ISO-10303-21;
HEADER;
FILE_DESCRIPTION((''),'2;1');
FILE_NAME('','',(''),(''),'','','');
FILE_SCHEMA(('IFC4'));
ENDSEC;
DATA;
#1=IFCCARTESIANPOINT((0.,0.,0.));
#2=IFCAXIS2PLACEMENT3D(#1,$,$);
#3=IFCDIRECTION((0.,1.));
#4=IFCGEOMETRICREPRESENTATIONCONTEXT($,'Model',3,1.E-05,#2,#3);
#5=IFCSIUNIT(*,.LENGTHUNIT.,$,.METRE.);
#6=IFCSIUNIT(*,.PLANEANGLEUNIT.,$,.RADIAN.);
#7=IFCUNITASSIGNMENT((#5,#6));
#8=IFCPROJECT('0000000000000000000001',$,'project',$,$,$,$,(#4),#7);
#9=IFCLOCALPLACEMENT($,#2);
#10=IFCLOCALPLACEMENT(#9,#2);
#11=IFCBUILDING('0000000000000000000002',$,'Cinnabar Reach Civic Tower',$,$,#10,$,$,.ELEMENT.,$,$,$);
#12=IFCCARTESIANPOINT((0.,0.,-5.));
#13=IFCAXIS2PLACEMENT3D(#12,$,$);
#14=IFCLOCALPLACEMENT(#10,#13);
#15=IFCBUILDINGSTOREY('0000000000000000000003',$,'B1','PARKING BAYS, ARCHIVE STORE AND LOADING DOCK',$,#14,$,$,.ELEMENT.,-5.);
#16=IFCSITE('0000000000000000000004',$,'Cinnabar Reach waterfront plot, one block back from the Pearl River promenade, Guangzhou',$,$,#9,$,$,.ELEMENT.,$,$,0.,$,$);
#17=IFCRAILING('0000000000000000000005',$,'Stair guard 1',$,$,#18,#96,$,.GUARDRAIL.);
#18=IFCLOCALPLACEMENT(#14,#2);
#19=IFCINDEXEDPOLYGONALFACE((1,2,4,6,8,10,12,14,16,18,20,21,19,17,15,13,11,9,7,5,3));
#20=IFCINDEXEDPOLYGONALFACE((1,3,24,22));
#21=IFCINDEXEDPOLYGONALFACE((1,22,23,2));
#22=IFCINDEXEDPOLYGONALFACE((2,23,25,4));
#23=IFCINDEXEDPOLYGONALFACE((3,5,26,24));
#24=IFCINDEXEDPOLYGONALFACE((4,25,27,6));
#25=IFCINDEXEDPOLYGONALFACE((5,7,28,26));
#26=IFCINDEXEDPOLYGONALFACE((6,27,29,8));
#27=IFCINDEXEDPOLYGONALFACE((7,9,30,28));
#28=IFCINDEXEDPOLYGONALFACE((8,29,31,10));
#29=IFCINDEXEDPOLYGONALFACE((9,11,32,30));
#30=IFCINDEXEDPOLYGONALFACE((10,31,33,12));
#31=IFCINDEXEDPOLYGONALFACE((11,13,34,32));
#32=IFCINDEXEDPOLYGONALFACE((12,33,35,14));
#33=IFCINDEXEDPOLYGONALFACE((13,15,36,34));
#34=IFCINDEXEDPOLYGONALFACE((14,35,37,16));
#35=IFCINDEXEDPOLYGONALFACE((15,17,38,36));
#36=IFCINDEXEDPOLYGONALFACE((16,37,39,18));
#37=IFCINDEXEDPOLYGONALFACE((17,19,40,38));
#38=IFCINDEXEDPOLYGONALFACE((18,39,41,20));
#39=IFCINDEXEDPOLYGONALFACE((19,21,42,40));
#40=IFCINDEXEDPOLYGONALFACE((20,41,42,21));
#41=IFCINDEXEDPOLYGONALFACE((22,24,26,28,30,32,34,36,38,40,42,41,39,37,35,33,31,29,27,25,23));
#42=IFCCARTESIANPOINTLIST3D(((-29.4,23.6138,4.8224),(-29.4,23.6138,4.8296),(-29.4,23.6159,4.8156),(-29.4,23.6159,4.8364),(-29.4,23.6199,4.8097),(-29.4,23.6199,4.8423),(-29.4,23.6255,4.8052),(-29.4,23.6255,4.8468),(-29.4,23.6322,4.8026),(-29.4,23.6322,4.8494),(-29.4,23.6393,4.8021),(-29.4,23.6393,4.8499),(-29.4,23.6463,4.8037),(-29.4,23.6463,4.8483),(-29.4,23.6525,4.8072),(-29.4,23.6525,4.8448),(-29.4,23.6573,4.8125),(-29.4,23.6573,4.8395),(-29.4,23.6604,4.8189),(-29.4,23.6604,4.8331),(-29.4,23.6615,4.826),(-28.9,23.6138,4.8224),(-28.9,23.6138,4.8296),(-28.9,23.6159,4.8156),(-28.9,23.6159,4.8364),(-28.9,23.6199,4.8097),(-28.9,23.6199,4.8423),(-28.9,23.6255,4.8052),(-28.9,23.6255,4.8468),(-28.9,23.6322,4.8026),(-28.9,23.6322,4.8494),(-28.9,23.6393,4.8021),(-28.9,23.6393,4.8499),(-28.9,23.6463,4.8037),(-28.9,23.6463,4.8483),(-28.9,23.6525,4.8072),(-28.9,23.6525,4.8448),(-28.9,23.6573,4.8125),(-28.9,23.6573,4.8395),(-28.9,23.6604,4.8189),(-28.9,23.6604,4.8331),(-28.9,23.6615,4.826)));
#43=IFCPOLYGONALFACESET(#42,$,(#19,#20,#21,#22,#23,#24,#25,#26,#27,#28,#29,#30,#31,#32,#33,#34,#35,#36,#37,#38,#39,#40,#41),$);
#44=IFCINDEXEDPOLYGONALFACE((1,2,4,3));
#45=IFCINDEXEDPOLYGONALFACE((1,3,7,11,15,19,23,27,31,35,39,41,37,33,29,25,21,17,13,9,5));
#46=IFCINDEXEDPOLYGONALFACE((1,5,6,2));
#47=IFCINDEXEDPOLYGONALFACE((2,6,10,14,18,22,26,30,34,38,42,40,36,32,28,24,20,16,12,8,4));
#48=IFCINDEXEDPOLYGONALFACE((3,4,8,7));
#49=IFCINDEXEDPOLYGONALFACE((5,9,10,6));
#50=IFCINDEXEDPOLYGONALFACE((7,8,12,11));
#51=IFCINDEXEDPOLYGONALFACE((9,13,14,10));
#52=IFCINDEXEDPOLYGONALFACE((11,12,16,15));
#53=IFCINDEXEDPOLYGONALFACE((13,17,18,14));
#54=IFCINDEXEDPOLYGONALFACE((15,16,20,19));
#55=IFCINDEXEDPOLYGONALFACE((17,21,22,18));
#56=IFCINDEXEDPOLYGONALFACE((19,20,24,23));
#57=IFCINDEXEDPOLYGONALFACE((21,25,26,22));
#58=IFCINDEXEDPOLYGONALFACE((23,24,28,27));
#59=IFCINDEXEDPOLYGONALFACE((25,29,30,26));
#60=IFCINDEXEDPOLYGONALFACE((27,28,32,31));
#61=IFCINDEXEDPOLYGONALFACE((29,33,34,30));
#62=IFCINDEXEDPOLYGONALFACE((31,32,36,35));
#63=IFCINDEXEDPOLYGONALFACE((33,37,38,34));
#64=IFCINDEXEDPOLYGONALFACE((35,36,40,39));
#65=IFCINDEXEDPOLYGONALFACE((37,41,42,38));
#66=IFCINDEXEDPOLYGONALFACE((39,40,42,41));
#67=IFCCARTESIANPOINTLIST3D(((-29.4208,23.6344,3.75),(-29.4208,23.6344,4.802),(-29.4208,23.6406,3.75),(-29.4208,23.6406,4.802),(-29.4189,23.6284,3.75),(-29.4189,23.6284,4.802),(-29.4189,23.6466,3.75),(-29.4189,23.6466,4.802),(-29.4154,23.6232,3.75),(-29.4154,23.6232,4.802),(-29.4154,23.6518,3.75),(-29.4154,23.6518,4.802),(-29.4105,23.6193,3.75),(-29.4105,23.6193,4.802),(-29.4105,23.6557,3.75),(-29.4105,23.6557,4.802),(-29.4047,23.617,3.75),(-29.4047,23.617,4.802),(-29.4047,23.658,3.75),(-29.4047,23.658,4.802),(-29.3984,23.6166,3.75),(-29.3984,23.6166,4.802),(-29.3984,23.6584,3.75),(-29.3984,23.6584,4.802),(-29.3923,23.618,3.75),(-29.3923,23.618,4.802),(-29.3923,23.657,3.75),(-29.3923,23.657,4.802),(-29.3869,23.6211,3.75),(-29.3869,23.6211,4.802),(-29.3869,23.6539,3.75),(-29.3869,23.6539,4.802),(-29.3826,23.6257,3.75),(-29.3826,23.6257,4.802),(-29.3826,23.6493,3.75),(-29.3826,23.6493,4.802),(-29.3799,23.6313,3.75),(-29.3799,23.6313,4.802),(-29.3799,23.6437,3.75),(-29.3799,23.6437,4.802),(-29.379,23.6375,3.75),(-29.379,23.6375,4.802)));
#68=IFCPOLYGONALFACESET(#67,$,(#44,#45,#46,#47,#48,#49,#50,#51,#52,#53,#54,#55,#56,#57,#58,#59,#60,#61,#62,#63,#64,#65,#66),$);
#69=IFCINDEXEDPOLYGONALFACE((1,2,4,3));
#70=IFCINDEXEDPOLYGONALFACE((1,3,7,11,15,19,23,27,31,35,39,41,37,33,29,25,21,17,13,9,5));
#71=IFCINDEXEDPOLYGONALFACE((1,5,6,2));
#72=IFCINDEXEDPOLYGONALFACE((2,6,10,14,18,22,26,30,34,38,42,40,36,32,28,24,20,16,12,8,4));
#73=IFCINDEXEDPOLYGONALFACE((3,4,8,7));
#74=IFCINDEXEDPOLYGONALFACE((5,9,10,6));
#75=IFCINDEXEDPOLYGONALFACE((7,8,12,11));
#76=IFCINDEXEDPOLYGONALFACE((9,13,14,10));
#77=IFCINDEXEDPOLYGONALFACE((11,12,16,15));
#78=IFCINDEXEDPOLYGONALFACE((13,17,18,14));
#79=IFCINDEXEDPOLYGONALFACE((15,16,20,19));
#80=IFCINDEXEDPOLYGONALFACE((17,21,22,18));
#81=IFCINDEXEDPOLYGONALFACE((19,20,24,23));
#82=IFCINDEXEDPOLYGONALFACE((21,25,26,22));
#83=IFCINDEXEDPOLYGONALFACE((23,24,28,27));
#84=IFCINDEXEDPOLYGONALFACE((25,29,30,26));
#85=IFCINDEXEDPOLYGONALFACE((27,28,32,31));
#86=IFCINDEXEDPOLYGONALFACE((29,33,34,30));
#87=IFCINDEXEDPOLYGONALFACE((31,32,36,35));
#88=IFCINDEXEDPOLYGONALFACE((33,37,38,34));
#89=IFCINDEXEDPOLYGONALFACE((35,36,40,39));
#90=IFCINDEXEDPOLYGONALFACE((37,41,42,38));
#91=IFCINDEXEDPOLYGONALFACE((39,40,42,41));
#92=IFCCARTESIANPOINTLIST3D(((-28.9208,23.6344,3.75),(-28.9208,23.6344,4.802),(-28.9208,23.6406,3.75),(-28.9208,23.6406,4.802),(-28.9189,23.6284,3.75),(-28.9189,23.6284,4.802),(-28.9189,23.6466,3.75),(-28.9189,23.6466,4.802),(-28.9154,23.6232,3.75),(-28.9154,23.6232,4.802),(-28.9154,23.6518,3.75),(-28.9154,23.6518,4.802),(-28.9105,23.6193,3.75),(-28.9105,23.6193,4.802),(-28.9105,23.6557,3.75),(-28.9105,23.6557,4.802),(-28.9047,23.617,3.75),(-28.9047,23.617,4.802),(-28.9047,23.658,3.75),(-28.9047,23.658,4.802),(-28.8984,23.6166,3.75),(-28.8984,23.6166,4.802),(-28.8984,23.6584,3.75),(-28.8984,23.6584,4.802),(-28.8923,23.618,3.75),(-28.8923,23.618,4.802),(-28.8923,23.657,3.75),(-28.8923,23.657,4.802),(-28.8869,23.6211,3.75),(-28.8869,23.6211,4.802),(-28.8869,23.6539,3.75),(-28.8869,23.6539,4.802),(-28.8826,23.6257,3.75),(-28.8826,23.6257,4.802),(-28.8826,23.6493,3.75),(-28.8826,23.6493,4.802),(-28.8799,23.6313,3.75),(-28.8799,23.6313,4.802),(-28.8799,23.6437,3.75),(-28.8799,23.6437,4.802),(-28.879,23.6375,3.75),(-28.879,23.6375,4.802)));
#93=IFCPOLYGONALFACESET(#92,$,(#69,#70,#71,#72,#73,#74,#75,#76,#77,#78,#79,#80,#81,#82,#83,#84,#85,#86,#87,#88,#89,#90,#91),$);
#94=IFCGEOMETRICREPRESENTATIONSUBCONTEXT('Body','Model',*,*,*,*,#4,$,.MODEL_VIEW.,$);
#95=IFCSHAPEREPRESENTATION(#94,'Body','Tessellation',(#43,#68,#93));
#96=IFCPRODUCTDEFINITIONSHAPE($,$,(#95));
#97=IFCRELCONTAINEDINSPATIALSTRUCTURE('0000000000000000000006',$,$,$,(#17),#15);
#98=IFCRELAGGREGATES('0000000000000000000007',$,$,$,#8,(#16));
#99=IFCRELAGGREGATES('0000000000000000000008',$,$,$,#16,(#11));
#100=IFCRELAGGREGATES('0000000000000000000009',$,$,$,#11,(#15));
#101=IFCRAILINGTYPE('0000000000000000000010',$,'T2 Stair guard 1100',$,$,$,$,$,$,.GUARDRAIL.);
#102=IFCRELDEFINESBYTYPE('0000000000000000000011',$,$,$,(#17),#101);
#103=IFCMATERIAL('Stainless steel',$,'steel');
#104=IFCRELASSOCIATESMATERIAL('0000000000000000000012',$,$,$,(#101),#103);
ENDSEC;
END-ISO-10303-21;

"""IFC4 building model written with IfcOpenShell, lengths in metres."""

from ifc_helpers import new_model, si_unit, direction, frame, origin, origin_2d, place, context, subcontext, project, spatial, circle, extrude, material, type_object, element, save


model = new_model("IFC4")

# Units and contexts
model_context = context("Model", 3, precision=1e-05, world=origin(), true_north=direction((0.0, 1.0)))
body_context = subcontext(model_context, "Body", "Model", "MODEL_VIEW")
ifc_project = project(units=[si_unit("LENGTHUNIT", "METRE"), si_unit("PLANEANGLEUNIT", "RADIAN")], contexts=[model_context])

# Site, building, storey
site_placement = place(None, origin())
site = spatial("IfcSite", under=ifc_project, at=site_placement, Name="Cinnabar Reach waterfront plot, one block back from the Pearl River promenade, Guangzhou", CompositionType="ELEMENT", RefElevation=0.0)
building_placement = place(site_placement, origin())
building = spatial("IfcBuilding", under=site, at=building_placement, Name="Cinnabar Reach Civic Tower", CompositionType="ELEMENT")
storey_placement = place(building_placement, frame((0.0, 0.0, -5.0)))
storey = spatial("IfcBuildingStorey", under=building, at=storey_placement, Name="B1", Description="PARKING BAYS, ARCHIVE STORE AND LOADING DOCK", CompositionType="ELEMENT", Elevation=-5.0)

# Railing
ifc_material_1 = material(Name="Stainless steel", Category="steel")
railing_type_1 = type_object("IfcRailingType", Name="T2 Stair guard 1100", PredefinedType="GUARDRAIL", material=ifc_material_1)
railing_1_placement = place(storey_placement, frame((-29.4, 23.6375, 3.75)))
element("IfcRailing", 1, at=railing_1_placement, inside=storey, type_object=railing_type_1, Name="Stair guard 1", PredefinedType="GUARDRAIL", context=body_context, shape_type="SweptSolid", body=[
    extrude(circle(Radius=0.024, at=origin_2d()), frame((0.0, 0.0, 1.076), z_axis=(1.0, 0.0, 0.0), x_axis=(0.0, 1.0, 0.0)), (0.0, 0.0, 1.0), 0.5),
    extrude(circle(Radius=0.021, at=origin_2d()), origin(), (0.0, 0.0, 1.0), 1.052),
    extrude(circle(Radius=0.021, at=origin_2d()), frame((0.5, 0.0, 0.0)), (0.0, 0.0, 1.0), 1.052),
])

save(model, "model.ifc")
